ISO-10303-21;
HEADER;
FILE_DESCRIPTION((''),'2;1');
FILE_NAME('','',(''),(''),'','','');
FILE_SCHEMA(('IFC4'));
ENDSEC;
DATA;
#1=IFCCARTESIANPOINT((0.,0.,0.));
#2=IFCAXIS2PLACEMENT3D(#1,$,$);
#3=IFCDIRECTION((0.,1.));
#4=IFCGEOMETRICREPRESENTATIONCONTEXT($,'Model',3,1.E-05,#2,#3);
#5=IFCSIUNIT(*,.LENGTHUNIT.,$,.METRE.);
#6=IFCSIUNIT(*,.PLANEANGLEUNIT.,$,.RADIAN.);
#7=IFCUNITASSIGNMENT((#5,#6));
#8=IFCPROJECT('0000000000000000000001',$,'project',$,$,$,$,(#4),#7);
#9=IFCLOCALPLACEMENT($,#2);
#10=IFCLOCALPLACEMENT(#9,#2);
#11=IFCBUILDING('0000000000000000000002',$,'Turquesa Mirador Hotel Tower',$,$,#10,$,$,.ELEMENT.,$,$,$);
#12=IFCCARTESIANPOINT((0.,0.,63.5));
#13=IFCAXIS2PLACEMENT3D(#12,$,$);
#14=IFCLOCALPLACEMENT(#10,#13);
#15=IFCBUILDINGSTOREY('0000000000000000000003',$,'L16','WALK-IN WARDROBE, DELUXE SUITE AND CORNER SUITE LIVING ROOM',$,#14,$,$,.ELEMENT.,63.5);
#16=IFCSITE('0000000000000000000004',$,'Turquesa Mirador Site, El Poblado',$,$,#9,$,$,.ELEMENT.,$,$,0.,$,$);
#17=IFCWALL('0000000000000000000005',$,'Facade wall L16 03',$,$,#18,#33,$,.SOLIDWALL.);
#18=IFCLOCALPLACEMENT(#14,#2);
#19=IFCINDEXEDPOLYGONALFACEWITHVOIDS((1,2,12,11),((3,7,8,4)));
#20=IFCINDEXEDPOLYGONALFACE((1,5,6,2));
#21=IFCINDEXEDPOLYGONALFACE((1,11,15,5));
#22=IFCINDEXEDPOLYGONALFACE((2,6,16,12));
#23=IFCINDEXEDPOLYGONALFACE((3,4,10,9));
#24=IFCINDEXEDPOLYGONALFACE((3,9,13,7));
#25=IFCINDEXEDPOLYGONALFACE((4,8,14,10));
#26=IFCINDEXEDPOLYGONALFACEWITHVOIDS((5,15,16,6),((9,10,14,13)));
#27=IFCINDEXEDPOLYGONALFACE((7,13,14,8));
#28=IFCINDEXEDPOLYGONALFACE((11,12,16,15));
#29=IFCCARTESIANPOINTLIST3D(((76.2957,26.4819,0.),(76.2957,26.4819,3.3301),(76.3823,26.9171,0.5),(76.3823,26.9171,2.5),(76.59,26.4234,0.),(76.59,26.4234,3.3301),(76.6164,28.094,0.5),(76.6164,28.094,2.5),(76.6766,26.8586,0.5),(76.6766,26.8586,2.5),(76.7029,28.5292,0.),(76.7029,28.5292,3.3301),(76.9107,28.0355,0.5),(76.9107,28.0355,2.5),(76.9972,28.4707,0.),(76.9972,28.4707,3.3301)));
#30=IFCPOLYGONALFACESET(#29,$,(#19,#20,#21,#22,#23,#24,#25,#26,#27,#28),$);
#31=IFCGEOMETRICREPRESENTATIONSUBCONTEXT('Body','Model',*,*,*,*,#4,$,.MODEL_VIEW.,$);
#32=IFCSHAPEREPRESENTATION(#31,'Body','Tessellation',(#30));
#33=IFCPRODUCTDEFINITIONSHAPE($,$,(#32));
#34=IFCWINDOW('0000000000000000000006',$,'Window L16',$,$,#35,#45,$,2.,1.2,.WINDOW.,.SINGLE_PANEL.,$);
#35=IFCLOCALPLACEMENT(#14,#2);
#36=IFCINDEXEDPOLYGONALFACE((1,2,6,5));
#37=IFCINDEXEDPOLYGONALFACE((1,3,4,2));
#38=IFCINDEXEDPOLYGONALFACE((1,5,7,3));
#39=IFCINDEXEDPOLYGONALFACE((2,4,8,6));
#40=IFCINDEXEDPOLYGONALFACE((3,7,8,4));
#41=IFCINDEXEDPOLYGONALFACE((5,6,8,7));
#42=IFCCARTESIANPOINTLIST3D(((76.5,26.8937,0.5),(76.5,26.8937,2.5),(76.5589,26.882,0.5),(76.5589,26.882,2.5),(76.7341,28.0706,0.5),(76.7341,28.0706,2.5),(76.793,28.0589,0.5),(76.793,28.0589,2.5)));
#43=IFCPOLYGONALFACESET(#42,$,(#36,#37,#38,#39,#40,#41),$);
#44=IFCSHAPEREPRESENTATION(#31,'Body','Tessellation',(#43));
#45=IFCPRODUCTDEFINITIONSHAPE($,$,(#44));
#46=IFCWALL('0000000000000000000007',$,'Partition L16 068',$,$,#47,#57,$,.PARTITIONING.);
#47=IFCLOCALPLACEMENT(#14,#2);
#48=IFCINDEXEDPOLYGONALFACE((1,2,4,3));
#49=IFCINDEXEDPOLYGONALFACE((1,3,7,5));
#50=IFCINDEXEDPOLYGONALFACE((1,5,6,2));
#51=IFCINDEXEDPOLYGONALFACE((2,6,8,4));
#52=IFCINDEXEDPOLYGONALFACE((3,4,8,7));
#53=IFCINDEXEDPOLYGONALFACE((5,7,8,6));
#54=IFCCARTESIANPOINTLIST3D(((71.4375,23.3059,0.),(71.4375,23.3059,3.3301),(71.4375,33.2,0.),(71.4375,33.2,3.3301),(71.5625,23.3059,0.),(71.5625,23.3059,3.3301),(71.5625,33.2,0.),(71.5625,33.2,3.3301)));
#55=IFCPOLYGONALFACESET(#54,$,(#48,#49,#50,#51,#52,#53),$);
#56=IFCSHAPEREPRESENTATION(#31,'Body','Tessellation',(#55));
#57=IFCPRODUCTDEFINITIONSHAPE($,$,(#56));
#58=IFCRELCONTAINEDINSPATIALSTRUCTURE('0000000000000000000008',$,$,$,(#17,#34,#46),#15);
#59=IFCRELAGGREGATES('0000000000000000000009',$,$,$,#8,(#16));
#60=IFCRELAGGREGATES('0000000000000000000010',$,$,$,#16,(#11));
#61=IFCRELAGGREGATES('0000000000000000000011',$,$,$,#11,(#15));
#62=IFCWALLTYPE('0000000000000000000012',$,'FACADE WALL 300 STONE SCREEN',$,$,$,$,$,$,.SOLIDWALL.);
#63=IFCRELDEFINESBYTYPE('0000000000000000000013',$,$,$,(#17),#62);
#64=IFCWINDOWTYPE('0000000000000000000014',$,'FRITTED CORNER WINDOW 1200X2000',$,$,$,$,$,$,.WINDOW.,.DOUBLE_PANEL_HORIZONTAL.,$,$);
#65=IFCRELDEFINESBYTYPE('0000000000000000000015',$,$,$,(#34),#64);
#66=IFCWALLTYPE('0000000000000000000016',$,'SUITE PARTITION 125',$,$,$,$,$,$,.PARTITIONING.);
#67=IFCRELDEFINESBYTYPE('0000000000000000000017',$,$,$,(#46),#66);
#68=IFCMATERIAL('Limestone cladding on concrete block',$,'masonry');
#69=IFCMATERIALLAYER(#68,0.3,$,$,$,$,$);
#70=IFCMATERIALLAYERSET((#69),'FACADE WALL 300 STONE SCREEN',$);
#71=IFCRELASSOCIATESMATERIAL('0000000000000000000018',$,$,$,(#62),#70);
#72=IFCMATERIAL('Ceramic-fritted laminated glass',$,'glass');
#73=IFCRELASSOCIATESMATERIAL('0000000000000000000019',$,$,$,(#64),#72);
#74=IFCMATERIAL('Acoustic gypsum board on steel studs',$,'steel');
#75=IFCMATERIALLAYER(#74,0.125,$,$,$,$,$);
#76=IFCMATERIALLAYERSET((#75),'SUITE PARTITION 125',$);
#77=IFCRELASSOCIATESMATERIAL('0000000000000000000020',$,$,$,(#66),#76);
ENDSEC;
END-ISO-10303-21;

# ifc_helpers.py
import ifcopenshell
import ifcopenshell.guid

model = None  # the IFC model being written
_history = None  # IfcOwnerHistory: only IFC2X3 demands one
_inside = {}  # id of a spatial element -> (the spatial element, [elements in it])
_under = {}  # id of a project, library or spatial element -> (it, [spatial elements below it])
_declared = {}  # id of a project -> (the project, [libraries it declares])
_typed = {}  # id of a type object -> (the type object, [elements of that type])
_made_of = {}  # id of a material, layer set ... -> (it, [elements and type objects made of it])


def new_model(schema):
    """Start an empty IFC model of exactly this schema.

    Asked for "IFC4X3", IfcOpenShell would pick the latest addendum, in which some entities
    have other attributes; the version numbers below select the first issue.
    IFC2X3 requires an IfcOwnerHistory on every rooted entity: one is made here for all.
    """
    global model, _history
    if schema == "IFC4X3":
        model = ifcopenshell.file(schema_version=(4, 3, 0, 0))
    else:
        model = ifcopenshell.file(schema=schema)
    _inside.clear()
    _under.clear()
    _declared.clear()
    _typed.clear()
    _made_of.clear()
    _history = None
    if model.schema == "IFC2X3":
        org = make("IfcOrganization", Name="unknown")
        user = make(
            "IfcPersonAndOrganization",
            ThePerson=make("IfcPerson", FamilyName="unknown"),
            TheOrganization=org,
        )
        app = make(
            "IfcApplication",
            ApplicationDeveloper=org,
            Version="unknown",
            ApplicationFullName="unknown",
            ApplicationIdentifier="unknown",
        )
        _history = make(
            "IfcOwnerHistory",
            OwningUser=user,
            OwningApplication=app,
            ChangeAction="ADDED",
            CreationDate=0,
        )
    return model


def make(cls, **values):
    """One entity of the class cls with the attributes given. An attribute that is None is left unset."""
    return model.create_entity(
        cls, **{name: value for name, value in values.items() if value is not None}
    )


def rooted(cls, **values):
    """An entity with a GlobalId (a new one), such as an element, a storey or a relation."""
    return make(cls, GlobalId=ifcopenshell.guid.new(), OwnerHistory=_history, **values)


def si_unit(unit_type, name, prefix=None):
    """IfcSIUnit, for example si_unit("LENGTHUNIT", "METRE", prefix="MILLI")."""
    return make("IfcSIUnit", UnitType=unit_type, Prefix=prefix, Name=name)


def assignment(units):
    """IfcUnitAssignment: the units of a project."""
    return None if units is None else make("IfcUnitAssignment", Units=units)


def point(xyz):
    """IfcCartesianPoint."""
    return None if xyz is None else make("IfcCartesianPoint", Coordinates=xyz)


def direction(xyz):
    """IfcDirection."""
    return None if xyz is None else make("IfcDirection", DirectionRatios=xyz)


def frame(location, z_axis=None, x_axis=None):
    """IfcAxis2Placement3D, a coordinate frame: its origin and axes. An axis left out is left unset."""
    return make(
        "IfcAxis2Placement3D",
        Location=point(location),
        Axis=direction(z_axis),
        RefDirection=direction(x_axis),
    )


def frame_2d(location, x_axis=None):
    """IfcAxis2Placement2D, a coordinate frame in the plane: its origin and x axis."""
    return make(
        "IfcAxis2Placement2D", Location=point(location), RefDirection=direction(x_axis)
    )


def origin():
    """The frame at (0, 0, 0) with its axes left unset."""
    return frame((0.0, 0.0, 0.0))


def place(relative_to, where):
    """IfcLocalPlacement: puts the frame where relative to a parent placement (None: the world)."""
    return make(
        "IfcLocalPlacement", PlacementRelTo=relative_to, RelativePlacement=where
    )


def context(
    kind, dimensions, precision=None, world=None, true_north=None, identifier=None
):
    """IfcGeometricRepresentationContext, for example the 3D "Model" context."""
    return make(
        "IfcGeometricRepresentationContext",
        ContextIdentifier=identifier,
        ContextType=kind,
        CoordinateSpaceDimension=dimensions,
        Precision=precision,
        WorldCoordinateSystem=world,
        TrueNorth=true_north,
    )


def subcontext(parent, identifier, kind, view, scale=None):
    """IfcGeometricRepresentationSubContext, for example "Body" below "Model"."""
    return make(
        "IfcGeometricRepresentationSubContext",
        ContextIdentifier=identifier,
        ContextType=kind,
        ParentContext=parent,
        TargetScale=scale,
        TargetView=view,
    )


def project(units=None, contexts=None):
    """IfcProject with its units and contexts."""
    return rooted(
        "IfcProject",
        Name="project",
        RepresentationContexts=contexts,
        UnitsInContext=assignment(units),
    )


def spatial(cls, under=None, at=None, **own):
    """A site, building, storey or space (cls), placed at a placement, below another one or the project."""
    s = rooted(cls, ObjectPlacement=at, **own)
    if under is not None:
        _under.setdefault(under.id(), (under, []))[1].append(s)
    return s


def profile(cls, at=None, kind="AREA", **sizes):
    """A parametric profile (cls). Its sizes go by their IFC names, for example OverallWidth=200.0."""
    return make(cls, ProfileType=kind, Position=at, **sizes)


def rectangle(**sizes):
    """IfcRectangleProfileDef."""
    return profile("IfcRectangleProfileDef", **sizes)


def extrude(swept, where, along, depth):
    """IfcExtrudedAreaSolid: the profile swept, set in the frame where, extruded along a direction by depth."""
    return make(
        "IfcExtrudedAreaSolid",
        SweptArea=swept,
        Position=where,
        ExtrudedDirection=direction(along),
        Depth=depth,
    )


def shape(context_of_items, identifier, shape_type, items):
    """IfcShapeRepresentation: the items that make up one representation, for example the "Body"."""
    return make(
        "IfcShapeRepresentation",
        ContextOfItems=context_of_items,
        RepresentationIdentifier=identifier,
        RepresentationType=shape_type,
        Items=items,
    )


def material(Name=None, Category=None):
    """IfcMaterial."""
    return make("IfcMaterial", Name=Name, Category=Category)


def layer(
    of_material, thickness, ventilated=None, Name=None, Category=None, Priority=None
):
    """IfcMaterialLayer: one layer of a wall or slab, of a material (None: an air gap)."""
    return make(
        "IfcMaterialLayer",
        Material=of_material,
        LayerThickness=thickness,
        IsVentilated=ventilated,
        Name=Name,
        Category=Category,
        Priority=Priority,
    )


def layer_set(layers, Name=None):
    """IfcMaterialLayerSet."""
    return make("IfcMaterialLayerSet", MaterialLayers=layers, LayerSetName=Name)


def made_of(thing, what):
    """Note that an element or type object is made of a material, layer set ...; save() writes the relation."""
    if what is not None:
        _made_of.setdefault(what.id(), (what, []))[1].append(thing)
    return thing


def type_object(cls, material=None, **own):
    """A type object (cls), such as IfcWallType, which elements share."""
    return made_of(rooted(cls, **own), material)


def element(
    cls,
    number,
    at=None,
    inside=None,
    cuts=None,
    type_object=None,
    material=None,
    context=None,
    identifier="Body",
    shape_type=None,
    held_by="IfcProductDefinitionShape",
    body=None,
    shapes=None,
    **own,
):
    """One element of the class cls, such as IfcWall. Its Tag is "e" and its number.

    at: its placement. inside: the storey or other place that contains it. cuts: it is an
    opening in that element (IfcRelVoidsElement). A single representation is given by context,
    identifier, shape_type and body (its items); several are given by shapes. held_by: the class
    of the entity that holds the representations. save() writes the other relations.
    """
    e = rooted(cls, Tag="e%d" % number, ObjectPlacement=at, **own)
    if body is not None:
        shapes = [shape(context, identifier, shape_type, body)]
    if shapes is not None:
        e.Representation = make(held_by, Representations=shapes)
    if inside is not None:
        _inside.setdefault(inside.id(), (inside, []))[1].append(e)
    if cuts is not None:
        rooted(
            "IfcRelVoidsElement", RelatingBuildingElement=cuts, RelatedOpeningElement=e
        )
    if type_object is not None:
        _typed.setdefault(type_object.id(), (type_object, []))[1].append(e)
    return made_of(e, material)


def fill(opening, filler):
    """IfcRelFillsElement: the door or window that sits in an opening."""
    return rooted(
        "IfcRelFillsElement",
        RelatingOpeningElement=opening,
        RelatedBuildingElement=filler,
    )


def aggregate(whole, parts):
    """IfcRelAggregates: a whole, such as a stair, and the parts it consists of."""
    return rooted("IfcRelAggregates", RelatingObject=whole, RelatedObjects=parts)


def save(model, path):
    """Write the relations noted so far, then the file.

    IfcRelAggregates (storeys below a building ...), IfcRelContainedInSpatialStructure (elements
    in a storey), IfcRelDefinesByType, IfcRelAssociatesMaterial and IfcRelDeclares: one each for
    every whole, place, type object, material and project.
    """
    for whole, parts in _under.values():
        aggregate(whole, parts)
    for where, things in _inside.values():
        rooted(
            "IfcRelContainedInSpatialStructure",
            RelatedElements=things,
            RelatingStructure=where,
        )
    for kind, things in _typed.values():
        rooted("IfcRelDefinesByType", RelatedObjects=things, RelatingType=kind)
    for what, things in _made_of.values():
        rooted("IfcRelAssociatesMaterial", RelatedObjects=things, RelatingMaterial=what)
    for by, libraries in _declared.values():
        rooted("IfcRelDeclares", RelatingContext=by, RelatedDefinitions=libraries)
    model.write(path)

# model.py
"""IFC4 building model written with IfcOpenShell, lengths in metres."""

from ifc_helpers import new_model, si_unit, direction, frame, frame_2d, origin, place, context, subcontext, project, spatial, rectangle, extrude, material, layer, layer_set, type_object, element, fill, save


model = new_model("IFC4")

# Units and contexts
model_context = context("Model", 3, precision=1e-05, world=origin(), true_north=direction((0.0, 1.0)))
body_context = subcontext(model_context, "Body", "Model", "MODEL_VIEW")
ifc_project = project(units=[si_unit("LENGTHUNIT", "METRE"), si_unit("PLANEANGLEUNIT", "RADIAN")], contexts=[model_context])

# Site, building, storey
site_placement = place(None, origin())
site = spatial("IfcSite", under=ifc_project, at=site_placement, Name="Turquesa Mirador Site, El Poblado", CompositionType="ELEMENT", RefElevation=0.0)
building_placement = place(site_placement, origin())
building = spatial("IfcBuilding", under=site, at=building_placement, Name="Turquesa Mirador Hotel Tower", CompositionType="ELEMENT")
storey_placement = place(building_placement, frame((0.0, 0.0, 63.5)))
storey = spatial("IfcBuildingStorey", under=building, at=storey_placement, Name="L16", Description="WALK-IN WARDROBE, DELUXE SUITE AND CORNER SUITE LIVING ROOM", CompositionType="ELEMENT", Elevation=63.5)

# Wall, opening, window
ifc_material_1 = material(Name="Limestone cladding on concrete block", Category="masonry")
ifc_layer_1 = layer(ifc_material_1, 0.3)
ifc_layer_set_1 = layer_set([ifc_layer_1], Name="FACADE WALL 300 STONE SCREEN")
wall_type_1 = type_object("IfcWallType", Name="FACADE WALL 300 STONE SCREEN", PredefinedType="SOLIDWALL", material=ifc_layer_set_1)
ifc_material_2 = material(Name="Ceramic-fritted laminated glass", Category="glass")
window_type_1 = type_object("IfcWindowType", Name="FRITTED CORNER WINDOW 1200X2000", PartitioningType="DOUBLE_PANEL_HORIZONTAL", PredefinedType="WINDOW", material=ifc_material_2)
wall_1_placement = place(storey_placement, frame((76.4429, 26.4526, 0.0), z_axis=(0.0, 0.0, 1.0), x_axis=(0.195081, 0.980787, 0.0)))
wall_1 = element("IfcWall", 1, at=wall_1_placement, inside=storey, type_object=wall_type_1, Name="Facade wall L16 03", PredefinedType="SOLIDWALL", context=body_context, shape_type="SweptSolid", body=[
    extrude(rectangle(XDim=2.0874, YDim=0.3, at=frame_2d((1.0437, 0.0))), origin(), (0.0, 0.0, 1.0), 3.3301),
])
opening_1_placement = place(wall_1_placement, frame((0.4436, 0.0, 0.5)))
opening_1 = element("IfcOpeningElement", 2, at=opening_1_placement, cuts=wall_1, PredefinedType="OPENING", context=body_context, shape_type="SweptSolid", body=[
    extrude(rectangle(XDim=1.2, YDim=2.0, at=frame_2d((0.6001, 1.0))), frame((0.0, 0.1599, 0.0), z_axis=(0.0, -1.0, 0.0), x_axis=(1.0, 0.0, 0.0)), (0.0, 0.0, 1.0), 0.3201),
])
window_1_placement = place(opening_1_placement, origin())
window_1 = element("IfcWindow", 3, at=window_1_placement, inside=storey, type_object=window_type_1, Name="Window L16", OverallHeight=2.0, OverallWidth=1.2, PartitioningType="SINGLE_PANEL", PredefinedType="WINDOW", context=body_context, shape_type="SweptSolid", body=[
    extrude(rectangle(XDim=1.2, YDim=2.0, at=frame_2d((0.6001, 1.0))), frame((0.0, 0.03, 0.0), z_axis=(0.0, -1.0, 0.0), x_axis=(1.0, 0.0, 0.0)), (0.0, 0.0, 1.0), 0.0601),
])
fill(opening_1, window_1)

# Wall
ifc_material_3 = material(Name="Acoustic gypsum board on steel studs", Category="steel")
ifc_layer_2 = layer(ifc_material_3, 0.125)
ifc_layer_set_2 = layer_set([ifc_layer_2], Name="SUITE PARTITION 125")
wall_type_2 = type_object("IfcWallType", Name="SUITE PARTITION 125", PredefinedType="PARTITIONING", material=ifc_layer_set_2)
wall_2_placement = place(storey_placement, frame((71.5, 23.3059, 0.0), z_axis=(0.0, 0.0, 1.0), x_axis=(0.0, 1.0, 0.0)))
element("IfcWall", 4, at=wall_2_placement, inside=storey, type_object=wall_type_2, Name="Partition L16 068", PredefinedType="PARTITIONING", context=body_context, shape_type="SweptSolid", body=[
    extrude(rectangle(XDim=9.894, YDim=0.125, at=frame_2d((4.947, 0.0))), origin(), (0.0, 0.0, 1.0), 3.3301),
])

save(model, "model.ifc")
